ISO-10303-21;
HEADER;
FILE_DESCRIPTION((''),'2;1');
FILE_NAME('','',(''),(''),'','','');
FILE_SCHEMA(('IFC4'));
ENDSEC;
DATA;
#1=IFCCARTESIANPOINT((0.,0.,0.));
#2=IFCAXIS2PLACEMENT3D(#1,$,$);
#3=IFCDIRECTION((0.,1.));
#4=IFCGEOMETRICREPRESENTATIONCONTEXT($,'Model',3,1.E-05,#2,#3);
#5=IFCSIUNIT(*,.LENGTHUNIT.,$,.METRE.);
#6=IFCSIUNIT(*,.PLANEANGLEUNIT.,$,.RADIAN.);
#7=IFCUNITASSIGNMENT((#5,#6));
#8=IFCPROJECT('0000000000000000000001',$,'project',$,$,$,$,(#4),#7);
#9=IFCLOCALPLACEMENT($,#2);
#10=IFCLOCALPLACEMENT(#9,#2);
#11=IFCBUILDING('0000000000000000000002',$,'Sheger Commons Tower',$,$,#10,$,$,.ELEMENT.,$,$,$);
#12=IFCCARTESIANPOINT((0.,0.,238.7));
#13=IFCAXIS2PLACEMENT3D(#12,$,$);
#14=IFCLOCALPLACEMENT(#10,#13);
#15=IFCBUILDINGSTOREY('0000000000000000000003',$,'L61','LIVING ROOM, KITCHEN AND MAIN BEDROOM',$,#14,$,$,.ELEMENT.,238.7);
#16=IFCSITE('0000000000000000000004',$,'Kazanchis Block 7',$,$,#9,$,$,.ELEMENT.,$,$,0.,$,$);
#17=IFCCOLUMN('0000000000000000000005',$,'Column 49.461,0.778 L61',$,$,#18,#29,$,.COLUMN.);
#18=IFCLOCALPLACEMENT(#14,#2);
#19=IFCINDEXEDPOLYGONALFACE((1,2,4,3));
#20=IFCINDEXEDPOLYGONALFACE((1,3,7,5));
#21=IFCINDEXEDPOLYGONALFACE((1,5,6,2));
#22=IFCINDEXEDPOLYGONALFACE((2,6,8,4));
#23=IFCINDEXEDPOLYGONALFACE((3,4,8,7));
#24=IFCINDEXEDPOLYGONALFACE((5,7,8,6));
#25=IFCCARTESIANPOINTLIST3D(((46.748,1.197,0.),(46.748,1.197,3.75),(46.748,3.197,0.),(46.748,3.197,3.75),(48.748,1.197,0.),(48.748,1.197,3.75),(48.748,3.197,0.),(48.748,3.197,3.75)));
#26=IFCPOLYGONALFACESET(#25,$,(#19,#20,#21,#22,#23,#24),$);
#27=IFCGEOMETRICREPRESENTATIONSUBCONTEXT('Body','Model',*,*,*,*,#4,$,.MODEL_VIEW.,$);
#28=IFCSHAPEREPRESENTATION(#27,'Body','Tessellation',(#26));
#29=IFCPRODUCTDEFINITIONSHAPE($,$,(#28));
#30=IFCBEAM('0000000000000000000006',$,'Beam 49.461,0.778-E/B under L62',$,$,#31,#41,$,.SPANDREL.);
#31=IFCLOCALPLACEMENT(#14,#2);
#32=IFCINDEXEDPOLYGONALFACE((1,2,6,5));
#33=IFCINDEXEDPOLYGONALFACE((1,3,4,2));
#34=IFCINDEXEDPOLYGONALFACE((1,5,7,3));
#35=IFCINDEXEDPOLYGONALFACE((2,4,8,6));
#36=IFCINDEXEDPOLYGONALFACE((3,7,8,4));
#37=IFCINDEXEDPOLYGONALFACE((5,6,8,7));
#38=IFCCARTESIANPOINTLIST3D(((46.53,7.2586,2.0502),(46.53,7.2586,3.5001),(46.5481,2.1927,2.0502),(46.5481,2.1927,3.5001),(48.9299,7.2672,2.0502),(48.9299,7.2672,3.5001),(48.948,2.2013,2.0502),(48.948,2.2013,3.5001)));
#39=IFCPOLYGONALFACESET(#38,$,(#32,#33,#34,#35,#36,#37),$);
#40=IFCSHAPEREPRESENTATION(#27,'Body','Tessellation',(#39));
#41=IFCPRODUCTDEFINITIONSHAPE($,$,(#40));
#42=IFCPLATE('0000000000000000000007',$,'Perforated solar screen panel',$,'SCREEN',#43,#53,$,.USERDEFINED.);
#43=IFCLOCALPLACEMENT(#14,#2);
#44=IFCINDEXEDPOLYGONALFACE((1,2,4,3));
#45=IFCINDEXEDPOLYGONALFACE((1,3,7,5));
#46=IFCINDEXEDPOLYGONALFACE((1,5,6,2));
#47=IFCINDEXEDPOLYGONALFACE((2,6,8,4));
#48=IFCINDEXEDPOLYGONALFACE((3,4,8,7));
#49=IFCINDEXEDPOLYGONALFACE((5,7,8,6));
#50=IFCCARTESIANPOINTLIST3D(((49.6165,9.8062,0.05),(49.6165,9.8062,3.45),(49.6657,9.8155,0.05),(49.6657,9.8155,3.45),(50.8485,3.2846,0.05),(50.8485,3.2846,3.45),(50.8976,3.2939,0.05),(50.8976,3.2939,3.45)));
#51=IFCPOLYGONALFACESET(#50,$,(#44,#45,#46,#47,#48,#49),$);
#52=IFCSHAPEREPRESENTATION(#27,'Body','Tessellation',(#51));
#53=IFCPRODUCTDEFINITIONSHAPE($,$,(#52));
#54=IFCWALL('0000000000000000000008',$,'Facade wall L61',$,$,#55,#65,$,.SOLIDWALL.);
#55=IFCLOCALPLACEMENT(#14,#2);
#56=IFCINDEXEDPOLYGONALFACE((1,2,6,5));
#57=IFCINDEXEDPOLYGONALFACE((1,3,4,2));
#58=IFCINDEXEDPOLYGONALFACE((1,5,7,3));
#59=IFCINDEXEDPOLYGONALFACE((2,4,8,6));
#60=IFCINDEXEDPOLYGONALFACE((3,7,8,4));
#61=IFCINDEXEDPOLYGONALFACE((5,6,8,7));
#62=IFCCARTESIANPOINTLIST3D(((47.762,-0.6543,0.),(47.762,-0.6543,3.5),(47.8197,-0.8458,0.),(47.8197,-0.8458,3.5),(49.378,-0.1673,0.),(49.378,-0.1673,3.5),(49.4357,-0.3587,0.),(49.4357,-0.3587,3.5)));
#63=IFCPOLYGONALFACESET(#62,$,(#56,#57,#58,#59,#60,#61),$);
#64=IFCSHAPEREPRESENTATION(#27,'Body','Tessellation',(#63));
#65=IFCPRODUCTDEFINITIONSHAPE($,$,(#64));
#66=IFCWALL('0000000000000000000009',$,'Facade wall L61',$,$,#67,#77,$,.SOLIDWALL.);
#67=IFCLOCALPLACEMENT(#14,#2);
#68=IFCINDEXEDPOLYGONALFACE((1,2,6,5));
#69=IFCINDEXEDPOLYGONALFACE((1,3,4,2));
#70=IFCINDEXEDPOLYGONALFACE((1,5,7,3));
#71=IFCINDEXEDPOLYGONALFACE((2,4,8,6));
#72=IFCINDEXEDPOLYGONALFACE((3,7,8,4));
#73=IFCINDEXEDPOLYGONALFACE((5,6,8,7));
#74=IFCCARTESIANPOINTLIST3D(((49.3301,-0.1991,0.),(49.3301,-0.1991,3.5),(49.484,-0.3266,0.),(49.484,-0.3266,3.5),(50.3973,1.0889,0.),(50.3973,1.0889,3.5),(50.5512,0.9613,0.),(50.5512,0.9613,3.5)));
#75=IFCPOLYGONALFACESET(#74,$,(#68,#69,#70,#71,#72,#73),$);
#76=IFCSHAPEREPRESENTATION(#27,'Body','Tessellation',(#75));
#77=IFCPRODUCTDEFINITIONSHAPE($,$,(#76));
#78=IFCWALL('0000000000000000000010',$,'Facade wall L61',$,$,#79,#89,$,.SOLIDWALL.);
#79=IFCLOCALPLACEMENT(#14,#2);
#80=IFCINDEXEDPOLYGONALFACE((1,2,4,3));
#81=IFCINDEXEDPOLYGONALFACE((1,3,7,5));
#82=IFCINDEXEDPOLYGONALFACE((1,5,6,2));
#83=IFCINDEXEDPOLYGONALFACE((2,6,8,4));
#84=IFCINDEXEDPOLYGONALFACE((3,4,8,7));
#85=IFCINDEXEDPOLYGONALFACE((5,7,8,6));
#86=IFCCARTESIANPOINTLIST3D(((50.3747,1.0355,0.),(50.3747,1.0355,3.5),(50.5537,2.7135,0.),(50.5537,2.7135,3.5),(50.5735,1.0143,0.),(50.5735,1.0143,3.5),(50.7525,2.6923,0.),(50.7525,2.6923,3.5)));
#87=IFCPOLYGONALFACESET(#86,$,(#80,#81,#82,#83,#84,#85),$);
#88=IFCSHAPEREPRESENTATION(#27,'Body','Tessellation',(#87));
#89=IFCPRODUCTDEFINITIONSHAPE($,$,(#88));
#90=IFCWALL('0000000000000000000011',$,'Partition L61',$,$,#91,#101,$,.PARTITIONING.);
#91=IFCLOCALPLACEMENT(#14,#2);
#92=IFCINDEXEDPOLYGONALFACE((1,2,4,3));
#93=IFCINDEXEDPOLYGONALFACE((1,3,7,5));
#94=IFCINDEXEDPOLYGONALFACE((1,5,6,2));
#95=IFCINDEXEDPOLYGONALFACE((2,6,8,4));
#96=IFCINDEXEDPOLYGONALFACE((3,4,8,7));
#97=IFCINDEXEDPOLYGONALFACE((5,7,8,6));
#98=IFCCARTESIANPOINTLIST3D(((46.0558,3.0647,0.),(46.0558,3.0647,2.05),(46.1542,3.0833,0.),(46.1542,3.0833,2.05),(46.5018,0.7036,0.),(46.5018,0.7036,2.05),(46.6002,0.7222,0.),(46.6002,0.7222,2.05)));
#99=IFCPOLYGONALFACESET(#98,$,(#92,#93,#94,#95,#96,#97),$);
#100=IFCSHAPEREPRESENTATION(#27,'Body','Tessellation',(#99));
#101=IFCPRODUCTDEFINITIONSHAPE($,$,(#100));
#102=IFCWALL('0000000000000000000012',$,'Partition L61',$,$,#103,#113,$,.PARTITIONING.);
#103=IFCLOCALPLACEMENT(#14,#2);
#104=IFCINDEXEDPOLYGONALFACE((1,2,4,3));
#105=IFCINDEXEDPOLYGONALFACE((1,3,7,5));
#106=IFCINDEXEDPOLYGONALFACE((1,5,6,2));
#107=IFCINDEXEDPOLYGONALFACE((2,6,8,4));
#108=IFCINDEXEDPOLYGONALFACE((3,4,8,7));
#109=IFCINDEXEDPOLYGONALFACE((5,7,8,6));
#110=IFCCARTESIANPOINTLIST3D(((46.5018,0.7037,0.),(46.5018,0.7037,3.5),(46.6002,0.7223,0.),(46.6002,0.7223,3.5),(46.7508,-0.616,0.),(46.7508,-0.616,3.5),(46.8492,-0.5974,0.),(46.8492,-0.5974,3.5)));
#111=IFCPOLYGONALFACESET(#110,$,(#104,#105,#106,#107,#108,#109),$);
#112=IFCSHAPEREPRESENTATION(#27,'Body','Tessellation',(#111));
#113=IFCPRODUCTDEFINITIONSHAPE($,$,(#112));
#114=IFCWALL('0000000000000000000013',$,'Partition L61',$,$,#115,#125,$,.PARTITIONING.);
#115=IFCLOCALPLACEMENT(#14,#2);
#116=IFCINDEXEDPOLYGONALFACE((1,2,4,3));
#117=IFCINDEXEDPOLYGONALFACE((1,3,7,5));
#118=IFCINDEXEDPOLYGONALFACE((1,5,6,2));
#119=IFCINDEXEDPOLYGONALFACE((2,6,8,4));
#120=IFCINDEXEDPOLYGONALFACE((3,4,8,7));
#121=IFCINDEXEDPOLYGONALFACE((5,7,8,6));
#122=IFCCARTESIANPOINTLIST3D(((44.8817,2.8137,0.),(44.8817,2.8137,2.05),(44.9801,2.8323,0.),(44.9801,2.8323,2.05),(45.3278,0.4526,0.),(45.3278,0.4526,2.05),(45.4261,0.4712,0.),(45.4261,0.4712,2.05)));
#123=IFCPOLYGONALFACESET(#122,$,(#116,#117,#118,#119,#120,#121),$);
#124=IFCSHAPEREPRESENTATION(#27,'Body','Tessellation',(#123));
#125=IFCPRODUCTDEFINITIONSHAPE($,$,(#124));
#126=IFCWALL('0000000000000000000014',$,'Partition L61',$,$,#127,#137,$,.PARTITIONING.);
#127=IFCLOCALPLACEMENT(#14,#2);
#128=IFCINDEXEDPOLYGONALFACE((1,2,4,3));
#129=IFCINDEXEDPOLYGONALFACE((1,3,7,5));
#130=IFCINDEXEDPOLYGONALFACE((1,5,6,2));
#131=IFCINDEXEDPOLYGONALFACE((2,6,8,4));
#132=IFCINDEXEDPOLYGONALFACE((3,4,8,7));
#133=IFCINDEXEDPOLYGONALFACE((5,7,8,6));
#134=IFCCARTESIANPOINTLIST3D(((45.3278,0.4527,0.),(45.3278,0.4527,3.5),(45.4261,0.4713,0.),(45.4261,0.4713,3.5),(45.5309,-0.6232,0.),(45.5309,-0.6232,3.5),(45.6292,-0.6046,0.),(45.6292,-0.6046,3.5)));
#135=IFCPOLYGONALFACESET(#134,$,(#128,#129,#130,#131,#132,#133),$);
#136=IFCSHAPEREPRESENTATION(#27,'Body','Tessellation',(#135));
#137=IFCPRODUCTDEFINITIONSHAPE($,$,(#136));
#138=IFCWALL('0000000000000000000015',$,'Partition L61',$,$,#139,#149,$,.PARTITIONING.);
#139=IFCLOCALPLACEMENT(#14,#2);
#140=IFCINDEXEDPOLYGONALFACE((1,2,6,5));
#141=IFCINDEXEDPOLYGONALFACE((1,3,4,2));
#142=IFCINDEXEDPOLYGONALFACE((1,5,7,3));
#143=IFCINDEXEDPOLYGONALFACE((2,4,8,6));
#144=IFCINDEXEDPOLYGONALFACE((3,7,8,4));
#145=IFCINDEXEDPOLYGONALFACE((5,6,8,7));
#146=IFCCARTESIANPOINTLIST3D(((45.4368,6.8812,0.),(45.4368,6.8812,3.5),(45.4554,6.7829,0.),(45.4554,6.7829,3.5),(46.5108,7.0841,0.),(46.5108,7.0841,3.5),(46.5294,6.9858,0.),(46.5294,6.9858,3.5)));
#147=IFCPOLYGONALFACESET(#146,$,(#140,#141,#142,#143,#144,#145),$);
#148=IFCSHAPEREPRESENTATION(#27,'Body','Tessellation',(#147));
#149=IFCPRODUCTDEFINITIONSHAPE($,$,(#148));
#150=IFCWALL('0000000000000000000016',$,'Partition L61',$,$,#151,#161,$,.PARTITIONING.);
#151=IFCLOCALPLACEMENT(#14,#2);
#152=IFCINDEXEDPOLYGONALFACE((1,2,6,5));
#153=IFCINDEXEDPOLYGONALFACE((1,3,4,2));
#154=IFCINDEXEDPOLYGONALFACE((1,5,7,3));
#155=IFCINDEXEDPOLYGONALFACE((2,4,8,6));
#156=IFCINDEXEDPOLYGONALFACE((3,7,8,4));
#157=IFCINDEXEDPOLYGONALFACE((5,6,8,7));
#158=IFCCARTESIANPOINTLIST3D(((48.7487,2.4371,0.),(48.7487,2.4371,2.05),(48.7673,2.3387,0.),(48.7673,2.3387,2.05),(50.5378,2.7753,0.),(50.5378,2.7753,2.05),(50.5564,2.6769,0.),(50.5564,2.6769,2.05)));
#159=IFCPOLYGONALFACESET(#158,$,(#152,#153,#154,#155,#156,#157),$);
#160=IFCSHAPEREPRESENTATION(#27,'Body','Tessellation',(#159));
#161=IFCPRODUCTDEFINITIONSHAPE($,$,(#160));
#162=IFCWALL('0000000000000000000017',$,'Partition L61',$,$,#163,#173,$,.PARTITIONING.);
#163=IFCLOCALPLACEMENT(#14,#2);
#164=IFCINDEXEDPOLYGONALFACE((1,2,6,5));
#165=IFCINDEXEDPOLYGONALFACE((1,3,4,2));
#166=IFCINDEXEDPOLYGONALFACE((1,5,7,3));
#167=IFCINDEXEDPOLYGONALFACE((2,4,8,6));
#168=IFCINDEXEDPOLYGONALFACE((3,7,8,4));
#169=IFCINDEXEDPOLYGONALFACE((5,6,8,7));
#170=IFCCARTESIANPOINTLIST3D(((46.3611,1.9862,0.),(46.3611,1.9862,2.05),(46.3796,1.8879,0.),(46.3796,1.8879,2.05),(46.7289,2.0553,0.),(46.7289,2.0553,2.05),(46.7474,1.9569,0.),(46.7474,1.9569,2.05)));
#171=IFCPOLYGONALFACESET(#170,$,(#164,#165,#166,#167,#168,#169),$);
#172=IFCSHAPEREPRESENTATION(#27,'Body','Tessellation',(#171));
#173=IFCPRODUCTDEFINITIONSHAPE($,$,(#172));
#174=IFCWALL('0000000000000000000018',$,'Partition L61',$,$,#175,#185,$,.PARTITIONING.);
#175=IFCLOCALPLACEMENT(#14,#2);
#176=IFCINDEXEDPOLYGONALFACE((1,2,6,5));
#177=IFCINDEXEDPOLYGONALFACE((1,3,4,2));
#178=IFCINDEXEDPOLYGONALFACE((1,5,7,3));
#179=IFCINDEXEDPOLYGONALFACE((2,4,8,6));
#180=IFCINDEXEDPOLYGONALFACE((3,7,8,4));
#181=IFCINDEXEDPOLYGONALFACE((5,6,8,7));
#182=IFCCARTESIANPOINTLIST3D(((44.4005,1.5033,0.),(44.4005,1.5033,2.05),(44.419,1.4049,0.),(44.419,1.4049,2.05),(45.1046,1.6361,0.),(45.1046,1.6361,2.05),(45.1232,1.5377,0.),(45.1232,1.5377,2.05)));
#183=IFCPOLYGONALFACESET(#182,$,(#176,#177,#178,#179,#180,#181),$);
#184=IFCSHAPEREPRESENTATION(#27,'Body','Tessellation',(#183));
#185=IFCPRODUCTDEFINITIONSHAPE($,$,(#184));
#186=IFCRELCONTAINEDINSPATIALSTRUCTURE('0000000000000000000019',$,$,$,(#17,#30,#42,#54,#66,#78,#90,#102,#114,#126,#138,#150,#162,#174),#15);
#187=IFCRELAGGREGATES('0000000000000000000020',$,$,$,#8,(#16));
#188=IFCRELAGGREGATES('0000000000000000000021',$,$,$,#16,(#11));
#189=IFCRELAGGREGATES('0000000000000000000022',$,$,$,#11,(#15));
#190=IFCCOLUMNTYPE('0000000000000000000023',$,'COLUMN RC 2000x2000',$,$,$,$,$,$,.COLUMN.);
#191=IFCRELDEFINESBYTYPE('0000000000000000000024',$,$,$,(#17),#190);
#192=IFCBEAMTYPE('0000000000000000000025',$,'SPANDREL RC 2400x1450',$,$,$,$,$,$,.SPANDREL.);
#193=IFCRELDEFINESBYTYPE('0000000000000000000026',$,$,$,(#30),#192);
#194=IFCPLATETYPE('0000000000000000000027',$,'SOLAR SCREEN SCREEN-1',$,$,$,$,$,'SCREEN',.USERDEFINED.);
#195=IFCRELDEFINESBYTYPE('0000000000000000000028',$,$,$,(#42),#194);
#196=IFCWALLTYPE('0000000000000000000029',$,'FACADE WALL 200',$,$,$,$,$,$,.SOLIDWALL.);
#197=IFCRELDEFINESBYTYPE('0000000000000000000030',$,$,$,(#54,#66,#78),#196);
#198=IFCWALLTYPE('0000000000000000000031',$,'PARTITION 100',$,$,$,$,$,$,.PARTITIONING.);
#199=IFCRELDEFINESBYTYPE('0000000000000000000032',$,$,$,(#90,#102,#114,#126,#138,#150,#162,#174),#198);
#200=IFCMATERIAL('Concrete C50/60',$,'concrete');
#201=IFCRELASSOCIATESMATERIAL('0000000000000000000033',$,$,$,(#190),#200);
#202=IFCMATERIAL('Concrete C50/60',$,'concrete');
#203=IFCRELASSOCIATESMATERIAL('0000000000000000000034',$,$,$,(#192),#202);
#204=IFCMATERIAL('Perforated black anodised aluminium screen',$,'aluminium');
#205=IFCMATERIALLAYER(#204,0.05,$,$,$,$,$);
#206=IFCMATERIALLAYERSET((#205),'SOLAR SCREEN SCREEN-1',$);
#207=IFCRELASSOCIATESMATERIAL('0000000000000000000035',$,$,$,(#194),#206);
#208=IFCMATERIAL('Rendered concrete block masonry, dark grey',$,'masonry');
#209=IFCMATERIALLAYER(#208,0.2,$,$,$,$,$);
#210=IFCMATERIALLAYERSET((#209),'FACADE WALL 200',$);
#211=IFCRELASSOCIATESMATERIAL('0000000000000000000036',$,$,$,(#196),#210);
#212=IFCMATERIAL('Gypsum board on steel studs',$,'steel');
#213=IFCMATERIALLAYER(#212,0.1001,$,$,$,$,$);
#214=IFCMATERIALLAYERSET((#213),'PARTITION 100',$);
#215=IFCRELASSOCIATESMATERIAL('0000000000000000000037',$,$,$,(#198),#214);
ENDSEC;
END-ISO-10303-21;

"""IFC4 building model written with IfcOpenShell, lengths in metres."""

from ifc_helpers import new_model, si_unit, direction, frame, frame_2d, origin, origin_2d, place, context, subcontext, project, spatial, rectangle, extrude, material, layer, layer_set, material_profile, profile_set, type_object, element, save


model = new_model("IFC4")

# Units and contexts
model_context = context("Model", 3, precision=1e-05, world=origin(), true_north=direction((0.0, 1.0)))
body_context = subcontext(model_context, "Body", "Model", "MODEL_VIEW")
ifc_project = project(units=[si_unit("LENGTHUNIT", "METRE"), si_unit("PLANEANGLEUNIT", "RADIAN")], contexts=[model_context])

# Site, building, storey
site_placement = place(None, origin())
site = spatial("IfcSite", under=ifc_project, at=site_placement, Name="Kazanchis Block 7", CompositionType="ELEMENT", RefElevation=0.0)
building_placement = place(site_placement, origin())
building = spatial("IfcBuilding", under=site, at=building_placement, Name="Sheger Commons Tower", CompositionType="ELEMENT")
storey_placement = place(building_placement, frame((0.0, 0.0, 238.7)))
storey = spatial("IfcBuildingStorey", under=building, at=storey_placement, Name="L61", Description="LIVING ROOM, KITCHEN AND MAIN BEDROOM", CompositionType="ELEMENT", Elevation=238.7)

# Column
ifc_material_1 = material(Name="Concrete C50/60", Category="concrete")
ifc_material_profile_1 = material_profile(ifc_material_1, rectangle(XDim=2.0, YDim=2.0, at=origin_2d()), Name="RC 2000x2000")
ifc_profile_set_1 = profile_set([ifc_material_profile_1], Name="Concrete C50/60")
column_type = type_object("IfcColumnType", Name="COLUMN RC 2000x2000", PredefinedType="COLUMN", material=ifc_profile_set_1)
column_placement = place(storey_placement, frame((47.748, 2.197, 0.0), z_axis=(0.0, 0.0, 1.0), x_axis=(1.0, 0.0, 0.0)))
element("IfcColumn", 1, at=column_placement, inside=storey, type_object=column_type, Name="Column 49.461,0.778 L61", PredefinedType="COLUMN", context=body_context, shape_type="SweptSolid", body=[
    extrude(rectangle(XDim=2.0, YDim=2.0, at=origin_2d()), origin(), (0.0, 0.0, 1.0), 3.75),
])

# Beam
ifc_material_2 = material(Name="Concrete C50/60", Category="concrete")
ifc_material_profile_2 = material_profile(ifc_material_2, rectangle(XDim=2.3999, YDim=1.45, at=origin_2d()), Name="RC 2400x1450")
ifc_profile_set_2 = profile_set([ifc_material_profile_2], Name="Concrete C50/60")
beam_type = type_object("IfcBeamType", Name="SPANDREL RC 2400x1450", PredefinedType="SPANDREL", material=ifc_profile_set_2)
beam_placement = place(storey_placement, frame((47.748, 2.197, 2.7751), z_axis=(-0.003566, 0.999994, 0.0), x_axis=(-0.999994, -0.003566, 0.0)))
element("IfcBeam", 2, at=beam_placement, inside=storey, type_object=beam_type, Name="Beam 49.461,0.778-E/B under L62", PredefinedType="SPANDREL", context=body_context, shape_type="SweptSolid", body=[
    extrude(rectangle(XDim=2.3999, YDim=1.45, at=origin_2d()), origin(), (0.0, 0.0, 1.0), 5.0659),
])

# Plate
ifc_material_3 = material(Name="Perforated black anodised aluminium screen", Category="aluminium")
ifc_layer_1 = layer(ifc_material_3, 0.05)
ifc_layer_set_1 = layer_set([ifc_layer_1], Name="SOLAR SCREEN SCREEN-1")
plate_type = type_object("IfcPlateType", Name="SOLAR SCREEN SCREEN-1", ElementType="SCREEN", PredefinedType="USERDEFINED", material=ifc_layer_set_1)
plate_placement = place(storey_placement, frame((50.2571, 6.55, 0.05), z_axis=(0.0, 0.0, 1.0), x_axis=(-0.185615, 0.982623, 0.0)))
element("IfcPlate", 3, at=plate_placement, inside=storey, type_object=plate_type, Name="Perforated solar screen panel", ObjectType="SCREEN", PredefinedType="USERDEFINED", context=body_context, shape_type="SweptSolid", body=[
    extrude(rectangle(XDim=6.637, YDim=0.05, at=origin_2d()), origin(), (0.0, 0.0, 1.0), 3.3999),
])

# Walls
ifc_material_4 = material(Name="Rendered concrete block masonry, dark grey", Category="masonry")
ifc_layer_2 = layer(ifc_material_4, 0.2)
ifc_layer_set_2 = layer_set([ifc_layer_2], Name="FACADE WALL 200")
wall_type_1 = type_object("IfcWallType", Name="FACADE WALL 200", PredefinedType="SOLIDWALL", material=ifc_layer_set_2)
wall_1_placement = place(storey_placement, frame((47.791, -0.75, 0.0), z_axis=(0.0, 0.0, 1.0), x_axis=(0.957455, 0.288582, 0.0)))
element("IfcWall", 4, at=wall_1_placement, inside=storey, type_object=wall_type_1, Name="Facade wall L61", PredefinedType="SOLIDWALL", context=body_context, shape_type="SweptSolid", body=[
    extrude(rectangle(XDim=1.6877, YDim=0.2, at=frame_2d((0.8438, 0.0))), origin(), (0.0, 0.0, 1.0), 3.5),
])
wall_2_placement = place(storey_placement, frame((49.407, -0.2629, 0.0), z_axis=(0.0, 0.0, 1.0), x_axis=(0.638043, 0.770001, 0.0)))
element("IfcWall", 5, at=wall_2_placement, inside=storey, type_object=wall_type_1, Name="Facade wall L61", PredefinedType="SOLIDWALL", context=body_context, shape_type="SweptSolid", body=[
    extrude(rectangle(XDim=1.6726, YDim=0.2, at=frame_2d((0.8364, 0.0))), origin(), (0.0, 0.0, 1.0), 3.5),
])
wall_3_placement = place(storey_placement, frame((50.4741, 1.0249, 0.0), z_axis=(0.0, 0.0, 1.0), x_axis=(0.106048, 0.994361, 0.0)))
element("IfcWall", 6, at=wall_3_placement, inside=storey, type_object=wall_type_1, Name="Facade wall L61", PredefinedType="SOLIDWALL", context=body_context, shape_type="SweptSolid", body=[
    extrude(rectangle(XDim=1.6875, YDim=0.2, at=frame_2d((0.8438, 0.0))), origin(), (0.0, 0.0, 1.0), 3.5),
])

# Walls
ifc_material_5 = material(Name="Gypsum board on steel studs", Category="steel")
ifc_layer_3 = layer(ifc_material_5, 0.1001)
ifc_layer_set_3 = layer_set([ifc_layer_3], Name="PARTITION 100")
wall_type_2 = type_object("IfcWallType", Name="PARTITION 100", PredefinedType="PARTITIONING", material=ifc_layer_set_3)
wall_4_placement = place(storey_placement, frame((46.105, 3.074, 0.0), z_axis=(0.0, 0.0, 1.0), x_axis=(0.185632, -0.982619, 0.0)))
element("IfcWall", 7, at=wall_4_placement, inside=storey, type_object=wall_type_2, Name="Partition L61", PredefinedType="PARTITIONING", context=body_context, shape_type="SweptSolid", body=[
    extrude(rectangle(XDim=2.4028, YDim=0.1001, at=frame_2d((1.2014, 0.0))), origin(), (0.0, 0.0, 1.0), 2.05),
])
wall_5_placement = place(storey_placement, frame((46.551, 0.7129, 0.0), z_axis=(0.0, 0.0, 1.0), x_axis=(0.185408, -0.982662, 0.0)))
element("IfcWall", 8, at=wall_5_placement, inside=storey, type_object=wall_type_2, Name="Partition L61", PredefinedType="PARTITIONING", context=body_context, shape_type="SweptSolid", body=[
    extrude(rectangle(XDim=1.343, YDim=0.1001, at=frame_2d((0.6714, 0.0))), origin(), (0.0, 0.0, 1.0), 3.5),
])
wall_6_placement = place(storey_placement, frame((44.9309, 2.823, 0.0), z_axis=(0.0, 0.0, 1.0), x_axis=(0.185632, -0.982619, 0.0)))
element("IfcWall", 9, at=wall_6_placement, inside=storey, type_object=wall_type_2, Name="Partition L61", PredefinedType="PARTITIONING", context=body_context, shape_type="SweptSolid", body=[
    extrude(rectangle(XDim=2.4028, YDim=0.1001, at=frame_2d((1.2014, 0.0))), origin(), (0.0, 0.0, 1.0), 2.05),
])
wall_7_placement = place(storey_placement, frame((45.377, 0.4619, 0.0), z_axis=(0.0, 0.0, 1.0), x_axis=(0.185513, -0.982642, 0.0)))
element("IfcWall", 10, at=wall_7_placement, inside=storey, type_object=wall_type_2, Name="Partition L61", PredefinedType="PARTITIONING", context=body_context, shape_type="SweptSolid", body=[
    extrude(rectangle(XDim=1.095, YDim=0.1001, at=frame_2d((0.5474, 0.0))), origin(), (0.0, 0.0, 1.0), 3.5),
])
wall_8_placement = place(storey_placement, frame((46.52, 7.0349, 0.0), z_axis=(0.0, 0.0, 1.0), x_axis=(-0.982621, -0.185624, 0.0)))
element("IfcWall", 11, at=wall_8_placement, inside=storey, type_object=wall_type_2, Name="Partition L61", PredefinedType="PARTITIONING", context=body_context, shape_type="SweptSolid", body=[
    extrude(rectangle(XDim=1.093, YDim=0.1001, at=frame_2d((0.5464, 0.0))), origin(), (0.0, 0.0, 1.0), 3.5),
])
wall_9_placement = place(storey_placement, frame((50.5471, 2.7261, 0.0), z_axis=(0.0, 0.0, 1.0), x_axis=(-0.982604, -0.185713, 0.0)))
element("IfcWall", 12, at=wall_9_placement, inside=storey, type_object=wall_type_2, Name="Partition L61", PredefinedType="PARTITIONING", context=body_context, shape_type="SweptSolid", body=[
    extrude(rectangle(XDim=1.8208, YDim=0.1001, at=frame_2d((0.9104, 0.0))), origin(), (0.0, 0.0, 1.0), 2.05),
])
wall_10_placement = place(storey_placement, frame((46.738, 2.0061, 0.0), z_axis=(0.0, 0.0, 1.0), x_axis=(-0.98282, -0.184564, 0.0)))
element("IfcWall", 13, at=wall_10_placement, inside=storey, type_object=wall_type_2, Name="Partition L61", PredefinedType="PARTITIONING", context=body_context, shape_type="SweptSolid", body=[
    extrude(rectangle(XDim=0.3743, YDim=0.1001, at=frame_2d((0.187, 0.0))), origin(), (0.0, 0.0, 1.0), 2.05),
])
wall_11_placement = place(storey_placement, frame((45.114, 1.5869, 0.0), z_axis=(0.0, 0.0, 1.0), x_axis=(-0.982671, -0.185358, 0.0)))
element("IfcWall", 14, at=wall_11_placement, inside=storey, type_object=wall_type_2, Name="Partition L61", PredefinedType="PARTITIONING", context=body_context, shape_type="SweptSolid", body=[
    extrude(rectangle(XDim=0.7166, YDim=0.1001, at=frame_2d((0.3584, 0.0))), origin(), (0.0, 0.0, 1.0), 2.05),
])

save(model, "model.ifc")
